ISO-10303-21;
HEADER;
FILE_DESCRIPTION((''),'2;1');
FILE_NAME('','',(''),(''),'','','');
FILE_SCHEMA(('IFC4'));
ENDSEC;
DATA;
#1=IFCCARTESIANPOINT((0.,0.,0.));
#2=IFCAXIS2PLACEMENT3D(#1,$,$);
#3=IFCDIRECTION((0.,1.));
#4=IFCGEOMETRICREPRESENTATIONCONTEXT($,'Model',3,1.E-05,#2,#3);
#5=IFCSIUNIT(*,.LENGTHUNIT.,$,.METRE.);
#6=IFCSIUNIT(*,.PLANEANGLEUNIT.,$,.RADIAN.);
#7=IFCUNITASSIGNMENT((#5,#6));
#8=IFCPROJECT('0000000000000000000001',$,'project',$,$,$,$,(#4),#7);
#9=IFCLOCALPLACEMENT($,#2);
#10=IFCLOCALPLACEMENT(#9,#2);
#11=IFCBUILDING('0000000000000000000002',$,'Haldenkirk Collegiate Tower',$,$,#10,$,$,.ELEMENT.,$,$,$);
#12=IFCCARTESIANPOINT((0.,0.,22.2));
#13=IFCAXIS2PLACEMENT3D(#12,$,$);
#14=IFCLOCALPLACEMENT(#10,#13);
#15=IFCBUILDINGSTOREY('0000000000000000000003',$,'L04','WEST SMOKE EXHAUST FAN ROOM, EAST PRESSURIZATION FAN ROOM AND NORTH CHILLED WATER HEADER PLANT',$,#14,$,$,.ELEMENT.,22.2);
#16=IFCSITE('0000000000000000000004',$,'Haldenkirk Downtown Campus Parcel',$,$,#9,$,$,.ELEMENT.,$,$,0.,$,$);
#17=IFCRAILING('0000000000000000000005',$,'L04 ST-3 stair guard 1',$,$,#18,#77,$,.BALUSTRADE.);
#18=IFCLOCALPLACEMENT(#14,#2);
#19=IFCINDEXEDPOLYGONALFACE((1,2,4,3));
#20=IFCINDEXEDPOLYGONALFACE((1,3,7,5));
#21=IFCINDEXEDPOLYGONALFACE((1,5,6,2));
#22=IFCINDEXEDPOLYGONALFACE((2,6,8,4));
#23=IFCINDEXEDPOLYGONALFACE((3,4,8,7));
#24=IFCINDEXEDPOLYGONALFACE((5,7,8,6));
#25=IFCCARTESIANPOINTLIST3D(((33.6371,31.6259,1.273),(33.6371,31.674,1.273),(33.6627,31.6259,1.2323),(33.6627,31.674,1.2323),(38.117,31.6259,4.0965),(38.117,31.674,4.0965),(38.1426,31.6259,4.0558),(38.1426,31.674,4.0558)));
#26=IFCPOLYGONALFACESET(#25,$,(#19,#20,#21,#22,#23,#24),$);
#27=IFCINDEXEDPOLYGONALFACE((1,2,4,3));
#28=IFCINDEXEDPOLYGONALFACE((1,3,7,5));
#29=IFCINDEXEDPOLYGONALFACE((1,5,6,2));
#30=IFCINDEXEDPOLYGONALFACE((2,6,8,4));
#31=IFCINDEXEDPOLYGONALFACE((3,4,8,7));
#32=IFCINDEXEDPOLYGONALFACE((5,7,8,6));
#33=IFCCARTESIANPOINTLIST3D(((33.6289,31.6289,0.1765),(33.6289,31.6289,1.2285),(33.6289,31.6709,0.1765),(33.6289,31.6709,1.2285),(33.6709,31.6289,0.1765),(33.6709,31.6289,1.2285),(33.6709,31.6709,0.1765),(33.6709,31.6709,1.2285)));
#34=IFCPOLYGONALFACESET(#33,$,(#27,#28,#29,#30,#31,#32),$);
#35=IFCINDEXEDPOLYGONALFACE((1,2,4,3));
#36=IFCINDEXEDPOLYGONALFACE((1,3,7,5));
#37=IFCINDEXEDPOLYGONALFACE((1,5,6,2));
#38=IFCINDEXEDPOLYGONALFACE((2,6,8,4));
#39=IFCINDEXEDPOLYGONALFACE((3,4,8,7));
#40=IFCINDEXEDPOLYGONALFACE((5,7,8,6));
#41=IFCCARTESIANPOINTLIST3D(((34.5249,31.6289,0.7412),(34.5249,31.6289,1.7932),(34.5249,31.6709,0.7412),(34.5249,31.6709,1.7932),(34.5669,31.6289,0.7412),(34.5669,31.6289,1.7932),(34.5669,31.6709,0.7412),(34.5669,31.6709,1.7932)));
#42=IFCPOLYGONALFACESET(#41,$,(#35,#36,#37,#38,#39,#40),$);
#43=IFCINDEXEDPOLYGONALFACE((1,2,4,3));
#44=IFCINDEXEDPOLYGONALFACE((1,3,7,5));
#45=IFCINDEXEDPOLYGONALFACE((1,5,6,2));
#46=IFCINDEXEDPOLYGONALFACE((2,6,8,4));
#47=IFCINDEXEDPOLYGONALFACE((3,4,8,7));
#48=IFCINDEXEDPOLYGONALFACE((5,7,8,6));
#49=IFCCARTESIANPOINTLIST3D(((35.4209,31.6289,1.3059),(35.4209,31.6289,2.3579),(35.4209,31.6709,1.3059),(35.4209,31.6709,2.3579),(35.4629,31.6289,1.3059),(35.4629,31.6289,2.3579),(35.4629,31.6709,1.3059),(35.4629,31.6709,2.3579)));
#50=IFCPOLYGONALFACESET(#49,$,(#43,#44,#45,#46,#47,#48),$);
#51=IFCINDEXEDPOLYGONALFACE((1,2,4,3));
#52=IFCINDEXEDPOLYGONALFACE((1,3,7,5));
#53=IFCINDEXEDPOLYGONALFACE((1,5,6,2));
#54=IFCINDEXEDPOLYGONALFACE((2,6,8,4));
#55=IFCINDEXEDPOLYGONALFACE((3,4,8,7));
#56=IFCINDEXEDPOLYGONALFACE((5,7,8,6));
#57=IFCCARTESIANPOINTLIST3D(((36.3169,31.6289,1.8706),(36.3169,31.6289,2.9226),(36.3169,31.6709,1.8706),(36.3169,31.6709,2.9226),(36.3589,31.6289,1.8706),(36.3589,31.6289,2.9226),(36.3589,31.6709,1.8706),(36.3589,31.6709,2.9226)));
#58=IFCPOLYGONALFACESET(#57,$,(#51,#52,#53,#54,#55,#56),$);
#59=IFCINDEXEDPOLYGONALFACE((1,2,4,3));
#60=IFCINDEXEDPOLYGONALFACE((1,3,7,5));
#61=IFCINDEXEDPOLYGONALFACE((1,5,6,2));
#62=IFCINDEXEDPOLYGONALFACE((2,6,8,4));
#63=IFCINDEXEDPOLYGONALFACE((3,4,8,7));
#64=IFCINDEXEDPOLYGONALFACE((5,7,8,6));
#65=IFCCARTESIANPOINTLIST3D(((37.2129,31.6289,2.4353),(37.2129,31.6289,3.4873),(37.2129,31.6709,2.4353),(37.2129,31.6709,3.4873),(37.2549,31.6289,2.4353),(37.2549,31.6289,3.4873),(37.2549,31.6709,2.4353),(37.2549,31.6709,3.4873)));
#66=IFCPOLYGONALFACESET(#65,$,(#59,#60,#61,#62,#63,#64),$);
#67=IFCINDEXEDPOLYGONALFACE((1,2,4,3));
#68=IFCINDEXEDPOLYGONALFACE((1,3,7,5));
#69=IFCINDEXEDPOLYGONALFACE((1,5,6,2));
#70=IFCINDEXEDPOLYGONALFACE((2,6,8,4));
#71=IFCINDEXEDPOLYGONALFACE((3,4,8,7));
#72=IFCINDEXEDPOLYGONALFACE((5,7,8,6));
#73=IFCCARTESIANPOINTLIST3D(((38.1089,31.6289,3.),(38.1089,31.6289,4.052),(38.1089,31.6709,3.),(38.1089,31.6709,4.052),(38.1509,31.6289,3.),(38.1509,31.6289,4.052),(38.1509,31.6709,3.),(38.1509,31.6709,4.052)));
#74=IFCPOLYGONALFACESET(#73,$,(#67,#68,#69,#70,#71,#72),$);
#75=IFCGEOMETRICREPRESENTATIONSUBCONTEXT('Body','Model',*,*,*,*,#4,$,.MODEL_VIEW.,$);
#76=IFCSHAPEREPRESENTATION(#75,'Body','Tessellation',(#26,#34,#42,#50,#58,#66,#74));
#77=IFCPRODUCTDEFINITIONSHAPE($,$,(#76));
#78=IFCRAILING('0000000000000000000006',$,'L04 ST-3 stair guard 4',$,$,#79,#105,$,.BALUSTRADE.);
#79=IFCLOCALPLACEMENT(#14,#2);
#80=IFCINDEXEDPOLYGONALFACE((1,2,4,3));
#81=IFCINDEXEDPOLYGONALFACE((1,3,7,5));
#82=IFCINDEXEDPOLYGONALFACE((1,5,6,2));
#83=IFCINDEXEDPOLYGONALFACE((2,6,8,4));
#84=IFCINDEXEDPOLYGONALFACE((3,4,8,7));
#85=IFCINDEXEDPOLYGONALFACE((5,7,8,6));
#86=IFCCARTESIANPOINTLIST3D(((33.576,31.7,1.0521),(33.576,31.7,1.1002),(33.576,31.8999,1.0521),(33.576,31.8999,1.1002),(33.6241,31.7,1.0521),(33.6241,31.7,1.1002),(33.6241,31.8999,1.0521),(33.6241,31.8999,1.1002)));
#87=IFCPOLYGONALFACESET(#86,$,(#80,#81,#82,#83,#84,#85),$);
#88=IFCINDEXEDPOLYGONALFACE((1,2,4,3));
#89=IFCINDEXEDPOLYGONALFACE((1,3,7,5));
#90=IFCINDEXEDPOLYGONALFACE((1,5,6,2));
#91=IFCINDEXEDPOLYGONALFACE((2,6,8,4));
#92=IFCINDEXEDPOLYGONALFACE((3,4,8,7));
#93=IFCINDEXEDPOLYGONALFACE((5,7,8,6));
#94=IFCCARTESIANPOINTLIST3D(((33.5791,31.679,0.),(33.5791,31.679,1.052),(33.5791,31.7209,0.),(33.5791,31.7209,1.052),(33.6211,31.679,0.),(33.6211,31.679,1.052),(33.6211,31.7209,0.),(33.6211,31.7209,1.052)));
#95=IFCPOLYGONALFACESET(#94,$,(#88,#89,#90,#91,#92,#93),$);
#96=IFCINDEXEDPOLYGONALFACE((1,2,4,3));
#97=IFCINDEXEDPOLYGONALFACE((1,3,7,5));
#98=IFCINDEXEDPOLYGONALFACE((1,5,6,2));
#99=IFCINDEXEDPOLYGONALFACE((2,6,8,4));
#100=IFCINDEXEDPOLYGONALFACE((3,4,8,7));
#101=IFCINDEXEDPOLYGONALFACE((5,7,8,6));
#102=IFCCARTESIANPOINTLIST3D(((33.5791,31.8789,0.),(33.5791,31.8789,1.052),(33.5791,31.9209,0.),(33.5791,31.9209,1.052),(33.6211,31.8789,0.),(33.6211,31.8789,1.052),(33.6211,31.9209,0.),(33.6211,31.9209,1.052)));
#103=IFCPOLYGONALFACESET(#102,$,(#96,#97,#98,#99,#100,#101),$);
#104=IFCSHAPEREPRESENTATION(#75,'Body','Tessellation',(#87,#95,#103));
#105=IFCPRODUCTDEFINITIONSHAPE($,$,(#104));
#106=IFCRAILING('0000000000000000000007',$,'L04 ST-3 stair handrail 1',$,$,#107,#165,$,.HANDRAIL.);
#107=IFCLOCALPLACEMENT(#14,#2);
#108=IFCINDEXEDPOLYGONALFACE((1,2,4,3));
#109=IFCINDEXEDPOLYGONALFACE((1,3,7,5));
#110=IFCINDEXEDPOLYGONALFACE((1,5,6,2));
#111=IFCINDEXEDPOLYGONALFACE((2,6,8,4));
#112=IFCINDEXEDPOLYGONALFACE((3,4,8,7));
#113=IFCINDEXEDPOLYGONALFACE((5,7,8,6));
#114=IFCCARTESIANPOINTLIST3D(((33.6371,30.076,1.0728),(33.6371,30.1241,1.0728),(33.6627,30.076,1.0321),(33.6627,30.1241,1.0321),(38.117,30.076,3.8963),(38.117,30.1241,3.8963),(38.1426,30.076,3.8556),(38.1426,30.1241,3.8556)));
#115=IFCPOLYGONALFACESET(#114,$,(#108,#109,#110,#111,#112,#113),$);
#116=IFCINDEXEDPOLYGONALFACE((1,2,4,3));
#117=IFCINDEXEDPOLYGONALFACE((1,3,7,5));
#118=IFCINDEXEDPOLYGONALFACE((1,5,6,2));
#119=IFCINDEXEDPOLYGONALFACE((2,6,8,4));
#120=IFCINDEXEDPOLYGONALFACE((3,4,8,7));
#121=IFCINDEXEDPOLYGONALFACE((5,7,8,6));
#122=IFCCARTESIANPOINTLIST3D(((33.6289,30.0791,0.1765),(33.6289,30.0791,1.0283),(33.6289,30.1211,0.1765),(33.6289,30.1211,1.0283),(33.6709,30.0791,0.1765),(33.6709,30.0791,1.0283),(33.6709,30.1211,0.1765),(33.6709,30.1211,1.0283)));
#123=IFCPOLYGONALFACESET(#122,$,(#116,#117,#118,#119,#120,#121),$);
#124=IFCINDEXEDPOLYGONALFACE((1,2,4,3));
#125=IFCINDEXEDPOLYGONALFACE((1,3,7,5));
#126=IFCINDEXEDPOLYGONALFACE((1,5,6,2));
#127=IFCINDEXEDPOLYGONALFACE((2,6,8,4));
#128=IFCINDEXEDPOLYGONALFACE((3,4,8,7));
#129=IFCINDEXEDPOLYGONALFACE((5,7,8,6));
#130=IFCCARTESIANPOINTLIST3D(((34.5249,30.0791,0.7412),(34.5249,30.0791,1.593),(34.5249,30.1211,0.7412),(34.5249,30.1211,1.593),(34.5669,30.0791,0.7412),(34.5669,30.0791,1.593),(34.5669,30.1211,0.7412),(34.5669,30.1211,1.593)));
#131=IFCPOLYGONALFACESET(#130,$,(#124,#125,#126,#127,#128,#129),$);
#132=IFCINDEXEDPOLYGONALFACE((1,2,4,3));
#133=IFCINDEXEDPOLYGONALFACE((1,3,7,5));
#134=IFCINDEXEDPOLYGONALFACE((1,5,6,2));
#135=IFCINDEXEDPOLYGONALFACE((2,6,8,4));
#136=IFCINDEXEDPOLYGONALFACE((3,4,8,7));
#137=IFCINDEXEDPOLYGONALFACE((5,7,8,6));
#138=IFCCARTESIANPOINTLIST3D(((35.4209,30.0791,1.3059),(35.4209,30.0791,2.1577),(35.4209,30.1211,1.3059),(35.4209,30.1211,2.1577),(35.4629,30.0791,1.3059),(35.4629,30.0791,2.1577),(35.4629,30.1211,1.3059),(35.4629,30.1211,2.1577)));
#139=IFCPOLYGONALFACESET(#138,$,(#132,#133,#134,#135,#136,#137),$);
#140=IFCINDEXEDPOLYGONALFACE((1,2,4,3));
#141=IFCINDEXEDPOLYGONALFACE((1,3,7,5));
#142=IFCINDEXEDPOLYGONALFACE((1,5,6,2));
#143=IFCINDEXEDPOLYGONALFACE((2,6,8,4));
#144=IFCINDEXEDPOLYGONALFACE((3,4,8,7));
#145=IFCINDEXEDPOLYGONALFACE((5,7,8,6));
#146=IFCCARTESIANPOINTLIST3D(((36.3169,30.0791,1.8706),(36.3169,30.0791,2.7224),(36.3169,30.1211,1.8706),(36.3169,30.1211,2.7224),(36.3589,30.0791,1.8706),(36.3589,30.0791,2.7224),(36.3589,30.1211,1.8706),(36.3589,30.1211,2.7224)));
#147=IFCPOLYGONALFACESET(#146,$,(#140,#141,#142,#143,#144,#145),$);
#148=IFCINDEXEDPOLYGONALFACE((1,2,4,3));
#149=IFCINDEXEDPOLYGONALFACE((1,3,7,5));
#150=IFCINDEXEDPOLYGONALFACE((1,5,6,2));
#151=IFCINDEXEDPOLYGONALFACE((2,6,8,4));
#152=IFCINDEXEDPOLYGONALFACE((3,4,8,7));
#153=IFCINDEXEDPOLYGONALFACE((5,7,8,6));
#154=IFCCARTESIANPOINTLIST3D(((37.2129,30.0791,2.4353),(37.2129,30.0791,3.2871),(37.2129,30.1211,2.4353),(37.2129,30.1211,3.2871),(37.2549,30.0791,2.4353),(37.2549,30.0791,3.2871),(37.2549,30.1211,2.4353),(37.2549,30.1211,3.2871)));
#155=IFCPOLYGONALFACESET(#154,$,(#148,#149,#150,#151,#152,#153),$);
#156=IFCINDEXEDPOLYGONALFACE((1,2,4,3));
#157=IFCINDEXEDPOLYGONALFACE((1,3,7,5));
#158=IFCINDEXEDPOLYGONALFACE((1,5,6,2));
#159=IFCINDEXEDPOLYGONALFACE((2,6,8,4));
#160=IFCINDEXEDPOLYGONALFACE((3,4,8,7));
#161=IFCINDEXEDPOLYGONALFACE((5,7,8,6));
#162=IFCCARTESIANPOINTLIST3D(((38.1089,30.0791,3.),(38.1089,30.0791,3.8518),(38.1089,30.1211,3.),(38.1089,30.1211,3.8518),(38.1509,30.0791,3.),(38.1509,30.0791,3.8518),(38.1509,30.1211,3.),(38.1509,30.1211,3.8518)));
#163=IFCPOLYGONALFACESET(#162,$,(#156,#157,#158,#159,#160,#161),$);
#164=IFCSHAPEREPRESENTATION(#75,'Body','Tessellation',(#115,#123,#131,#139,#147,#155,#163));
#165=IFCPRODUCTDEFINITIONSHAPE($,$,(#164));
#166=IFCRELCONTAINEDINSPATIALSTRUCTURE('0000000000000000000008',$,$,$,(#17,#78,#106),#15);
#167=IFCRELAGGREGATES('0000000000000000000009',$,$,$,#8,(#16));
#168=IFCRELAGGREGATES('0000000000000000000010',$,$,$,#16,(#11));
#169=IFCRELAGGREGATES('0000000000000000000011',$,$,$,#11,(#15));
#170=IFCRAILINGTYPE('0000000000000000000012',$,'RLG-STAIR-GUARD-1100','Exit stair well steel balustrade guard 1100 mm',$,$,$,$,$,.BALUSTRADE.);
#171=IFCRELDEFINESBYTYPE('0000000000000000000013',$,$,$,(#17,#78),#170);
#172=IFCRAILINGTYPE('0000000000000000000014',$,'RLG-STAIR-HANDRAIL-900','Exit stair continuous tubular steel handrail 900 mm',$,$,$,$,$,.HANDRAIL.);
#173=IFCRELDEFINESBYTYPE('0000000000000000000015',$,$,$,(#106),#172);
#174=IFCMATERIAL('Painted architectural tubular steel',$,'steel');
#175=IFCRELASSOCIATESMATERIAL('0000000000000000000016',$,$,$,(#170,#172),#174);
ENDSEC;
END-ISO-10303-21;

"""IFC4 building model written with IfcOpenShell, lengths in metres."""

from ifc_helpers import new_model, si_unit, direction, frame, origin, origin_2d, place, context, subcontext, project, spatial, rectangle, extrude, material, type_object, element, save


model = new_model("IFC4")

# Units and contexts
model_context = context("Model", 3, precision=1e-05, world=origin(), true_north=direction((0.0, 1.0)))
body_context = subcontext(model_context, "Body", "Model", "MODEL_VIEW")
ifc_project = project(units=[si_unit("LENGTHUNIT", "METRE"), si_unit("PLANEANGLEUNIT", "RADIAN")], contexts=[model_context])

# Site, building, storey
site_placement = place(None, origin())
site = spatial("IfcSite", under=ifc_project, at=site_placement, Name="Haldenkirk Downtown Campus Parcel", CompositionType="ELEMENT", RefElevation=0.0)
building_placement = place(site_placement, origin())
building = spatial("IfcBuilding", under=site, at=building_placement, Name="Haldenkirk Collegiate Tower", CompositionType="ELEMENT")
storey_placement = place(building_placement, frame((0.0, 0.0, 22.2)))
storey = spatial("IfcBuildingStorey", under=building, at=storey_placement, Name="L04", Description="WEST SMOKE EXHAUST FAN ROOM, EAST PRESSURIZATION FAN ROOM AND NORTH CHILLED WATER HEADER PLANT", CompositionType="ELEMENT", Elevation=22.2)

# Railings
ifc_material_1 = material(Name="Painted architectural tubular steel", Category="steel")
railing_type_1 = type_object("IfcRailingType", Name="RLG-STAIR-GUARD-1100", Description="Exit stair well steel balustrade guard 1100 mm", PredefinedType="BALUSTRADE", material=ifc_material_1)
railing_1_placement = place(storey_placement, frame((33.6499, 31.6499, 0.1765)))
element("IfcRailing", 1, at=railing_1_placement, inside=storey, type_object=railing_type_1, Name="L04 ST-3 stair guard 1", PredefinedType="BALUSTRADE", context=body_context, shape_type="SweptSolid", body=[
    extrude(rectangle(XDim=0.0481, YDim=0.0481, at=origin_2d()), frame((0.0, 0.0, 1.0762), z_axis=(0.845998, 0.0, 0.533186), x_axis=(0.0, 1.0, 0.0)), (0.0, 0.0, 1.0), 5.2954),
    extrude(rectangle(XDim=0.042, YDim=0.042, at=origin_2d()), origin(), (0.0, 0.0, 1.0), 1.052),
    extrude(rectangle(XDim=0.042, YDim=0.042, at=origin_2d()), frame((0.896, 0.0, 0.5647)), (0.0, 0.0, 1.0), 1.052),
    extrude(rectangle(XDim=0.042, YDim=0.042, at=origin_2d()), frame((1.792, 0.0, 1.1294)), (0.0, 0.0, 1.0), 1.052),
    extrude(rectangle(XDim=0.042, YDim=0.042, at=origin_2d()), frame((2.688, 0.0, 1.6941)), (0.0, 0.0, 1.0), 1.052),
    extrude(rectangle(XDim=0.042, YDim=0.042, at=origin_2d()), frame((3.584, 0.0, 2.2588)), (0.0, 0.0, 1.0), 1.052),
    extrude(rectangle(XDim=0.042, YDim=0.042, at=origin_2d()), frame((4.48, 0.0, 2.8235)), (0.0, 0.0, 1.0), 1.052),
])
railing_2_placement = place(storey_placement, frame((33.6001, 31.7, 0.0)))
element("IfcRailing", 2, at=railing_2_placement, inside=storey, type_object=railing_type_1, Name="L04 ST-3 stair guard 4", PredefinedType="BALUSTRADE", context=body_context, shape_type="SweptSolid", body=[
    extrude(rectangle(XDim=0.0481, YDim=0.0481, at=origin_2d()), frame((0.0, 0.0, 1.0762), z_axis=(0.0, 1.0, 0.0), x_axis=(-1.0, 0.0, 0.0)), (0.0, 0.0, 1.0), 0.2),
    extrude(rectangle(XDim=0.042, YDim=0.042, at=origin_2d()), origin(), (0.0, 0.0, 1.0), 1.052),
    extrude(rectangle(XDim=0.042, YDim=0.042, at=origin_2d()), frame((0.0, 0.2, 0.0)), (0.0, 0.0, 1.0), 1.052),
])
railing_type_2 = type_object("IfcRailingType", Name="RLG-STAIR-HANDRAIL-900", Description="Exit stair continuous tubular steel handrail 900 mm", PredefinedType="HANDRAIL", material=ifc_material_1)
railing_3_placement = place(storey_placement, frame((33.6499, 30.1001, 0.1765)))
element("IfcRailing", 3, at=railing_3_placement, inside=storey, type_object=railing_type_2, Name="L04 ST-3 stair handrail 1", PredefinedType="HANDRAIL", context=body_context, shape_type="SweptSolid", body=[
    extrude(rectangle(XDim=0.0481, YDim=0.0481, at=origin_2d()), frame((0.0, 0.0, 0.876), z_axis=(0.845998, 0.0, 0.533186), x_axis=(0.0, 1.0, 0.0)), (0.0, 0.0, 1.0), 5.2954),
    extrude(rectangle(XDim=0.042, YDim=0.042, at=origin_2d()), origin(), (0.0, 0.0, 1.0), 0.8518),
    extrude(rectangle(XDim=0.042, YDim=0.042, at=origin_2d()), frame((0.896, 0.0, 0.5647)), (0.0, 0.0, 1.0), 0.8518),
    extrude(rectangle(XDim=0.042, YDim=0.042, at=origin_2d()), frame((1.792, 0.0, 1.1294)), (0.0, 0.0, 1.0), 0.8518),
    extrude(rectangle(XDim=0.042, YDim=0.042, at=origin_2d()), frame((2.688, 0.0, 1.6941)), (0.0, 0.0, 1.0), 0.8518),
    extrude(rectangle(XDim=0.042, YDim=0.042, at=origin_2d()), frame((3.584, 0.0, 2.2588)), (0.0, 0.0, 1.0), 0.8518),
    extrude(rectangle(XDim=0.042, YDim=0.042, at=origin_2d()), frame((4.48, 0.0, 2.8235)), (0.0, 0.0, 1.0), 0.8518),
])

save(model, "model.ifc")
